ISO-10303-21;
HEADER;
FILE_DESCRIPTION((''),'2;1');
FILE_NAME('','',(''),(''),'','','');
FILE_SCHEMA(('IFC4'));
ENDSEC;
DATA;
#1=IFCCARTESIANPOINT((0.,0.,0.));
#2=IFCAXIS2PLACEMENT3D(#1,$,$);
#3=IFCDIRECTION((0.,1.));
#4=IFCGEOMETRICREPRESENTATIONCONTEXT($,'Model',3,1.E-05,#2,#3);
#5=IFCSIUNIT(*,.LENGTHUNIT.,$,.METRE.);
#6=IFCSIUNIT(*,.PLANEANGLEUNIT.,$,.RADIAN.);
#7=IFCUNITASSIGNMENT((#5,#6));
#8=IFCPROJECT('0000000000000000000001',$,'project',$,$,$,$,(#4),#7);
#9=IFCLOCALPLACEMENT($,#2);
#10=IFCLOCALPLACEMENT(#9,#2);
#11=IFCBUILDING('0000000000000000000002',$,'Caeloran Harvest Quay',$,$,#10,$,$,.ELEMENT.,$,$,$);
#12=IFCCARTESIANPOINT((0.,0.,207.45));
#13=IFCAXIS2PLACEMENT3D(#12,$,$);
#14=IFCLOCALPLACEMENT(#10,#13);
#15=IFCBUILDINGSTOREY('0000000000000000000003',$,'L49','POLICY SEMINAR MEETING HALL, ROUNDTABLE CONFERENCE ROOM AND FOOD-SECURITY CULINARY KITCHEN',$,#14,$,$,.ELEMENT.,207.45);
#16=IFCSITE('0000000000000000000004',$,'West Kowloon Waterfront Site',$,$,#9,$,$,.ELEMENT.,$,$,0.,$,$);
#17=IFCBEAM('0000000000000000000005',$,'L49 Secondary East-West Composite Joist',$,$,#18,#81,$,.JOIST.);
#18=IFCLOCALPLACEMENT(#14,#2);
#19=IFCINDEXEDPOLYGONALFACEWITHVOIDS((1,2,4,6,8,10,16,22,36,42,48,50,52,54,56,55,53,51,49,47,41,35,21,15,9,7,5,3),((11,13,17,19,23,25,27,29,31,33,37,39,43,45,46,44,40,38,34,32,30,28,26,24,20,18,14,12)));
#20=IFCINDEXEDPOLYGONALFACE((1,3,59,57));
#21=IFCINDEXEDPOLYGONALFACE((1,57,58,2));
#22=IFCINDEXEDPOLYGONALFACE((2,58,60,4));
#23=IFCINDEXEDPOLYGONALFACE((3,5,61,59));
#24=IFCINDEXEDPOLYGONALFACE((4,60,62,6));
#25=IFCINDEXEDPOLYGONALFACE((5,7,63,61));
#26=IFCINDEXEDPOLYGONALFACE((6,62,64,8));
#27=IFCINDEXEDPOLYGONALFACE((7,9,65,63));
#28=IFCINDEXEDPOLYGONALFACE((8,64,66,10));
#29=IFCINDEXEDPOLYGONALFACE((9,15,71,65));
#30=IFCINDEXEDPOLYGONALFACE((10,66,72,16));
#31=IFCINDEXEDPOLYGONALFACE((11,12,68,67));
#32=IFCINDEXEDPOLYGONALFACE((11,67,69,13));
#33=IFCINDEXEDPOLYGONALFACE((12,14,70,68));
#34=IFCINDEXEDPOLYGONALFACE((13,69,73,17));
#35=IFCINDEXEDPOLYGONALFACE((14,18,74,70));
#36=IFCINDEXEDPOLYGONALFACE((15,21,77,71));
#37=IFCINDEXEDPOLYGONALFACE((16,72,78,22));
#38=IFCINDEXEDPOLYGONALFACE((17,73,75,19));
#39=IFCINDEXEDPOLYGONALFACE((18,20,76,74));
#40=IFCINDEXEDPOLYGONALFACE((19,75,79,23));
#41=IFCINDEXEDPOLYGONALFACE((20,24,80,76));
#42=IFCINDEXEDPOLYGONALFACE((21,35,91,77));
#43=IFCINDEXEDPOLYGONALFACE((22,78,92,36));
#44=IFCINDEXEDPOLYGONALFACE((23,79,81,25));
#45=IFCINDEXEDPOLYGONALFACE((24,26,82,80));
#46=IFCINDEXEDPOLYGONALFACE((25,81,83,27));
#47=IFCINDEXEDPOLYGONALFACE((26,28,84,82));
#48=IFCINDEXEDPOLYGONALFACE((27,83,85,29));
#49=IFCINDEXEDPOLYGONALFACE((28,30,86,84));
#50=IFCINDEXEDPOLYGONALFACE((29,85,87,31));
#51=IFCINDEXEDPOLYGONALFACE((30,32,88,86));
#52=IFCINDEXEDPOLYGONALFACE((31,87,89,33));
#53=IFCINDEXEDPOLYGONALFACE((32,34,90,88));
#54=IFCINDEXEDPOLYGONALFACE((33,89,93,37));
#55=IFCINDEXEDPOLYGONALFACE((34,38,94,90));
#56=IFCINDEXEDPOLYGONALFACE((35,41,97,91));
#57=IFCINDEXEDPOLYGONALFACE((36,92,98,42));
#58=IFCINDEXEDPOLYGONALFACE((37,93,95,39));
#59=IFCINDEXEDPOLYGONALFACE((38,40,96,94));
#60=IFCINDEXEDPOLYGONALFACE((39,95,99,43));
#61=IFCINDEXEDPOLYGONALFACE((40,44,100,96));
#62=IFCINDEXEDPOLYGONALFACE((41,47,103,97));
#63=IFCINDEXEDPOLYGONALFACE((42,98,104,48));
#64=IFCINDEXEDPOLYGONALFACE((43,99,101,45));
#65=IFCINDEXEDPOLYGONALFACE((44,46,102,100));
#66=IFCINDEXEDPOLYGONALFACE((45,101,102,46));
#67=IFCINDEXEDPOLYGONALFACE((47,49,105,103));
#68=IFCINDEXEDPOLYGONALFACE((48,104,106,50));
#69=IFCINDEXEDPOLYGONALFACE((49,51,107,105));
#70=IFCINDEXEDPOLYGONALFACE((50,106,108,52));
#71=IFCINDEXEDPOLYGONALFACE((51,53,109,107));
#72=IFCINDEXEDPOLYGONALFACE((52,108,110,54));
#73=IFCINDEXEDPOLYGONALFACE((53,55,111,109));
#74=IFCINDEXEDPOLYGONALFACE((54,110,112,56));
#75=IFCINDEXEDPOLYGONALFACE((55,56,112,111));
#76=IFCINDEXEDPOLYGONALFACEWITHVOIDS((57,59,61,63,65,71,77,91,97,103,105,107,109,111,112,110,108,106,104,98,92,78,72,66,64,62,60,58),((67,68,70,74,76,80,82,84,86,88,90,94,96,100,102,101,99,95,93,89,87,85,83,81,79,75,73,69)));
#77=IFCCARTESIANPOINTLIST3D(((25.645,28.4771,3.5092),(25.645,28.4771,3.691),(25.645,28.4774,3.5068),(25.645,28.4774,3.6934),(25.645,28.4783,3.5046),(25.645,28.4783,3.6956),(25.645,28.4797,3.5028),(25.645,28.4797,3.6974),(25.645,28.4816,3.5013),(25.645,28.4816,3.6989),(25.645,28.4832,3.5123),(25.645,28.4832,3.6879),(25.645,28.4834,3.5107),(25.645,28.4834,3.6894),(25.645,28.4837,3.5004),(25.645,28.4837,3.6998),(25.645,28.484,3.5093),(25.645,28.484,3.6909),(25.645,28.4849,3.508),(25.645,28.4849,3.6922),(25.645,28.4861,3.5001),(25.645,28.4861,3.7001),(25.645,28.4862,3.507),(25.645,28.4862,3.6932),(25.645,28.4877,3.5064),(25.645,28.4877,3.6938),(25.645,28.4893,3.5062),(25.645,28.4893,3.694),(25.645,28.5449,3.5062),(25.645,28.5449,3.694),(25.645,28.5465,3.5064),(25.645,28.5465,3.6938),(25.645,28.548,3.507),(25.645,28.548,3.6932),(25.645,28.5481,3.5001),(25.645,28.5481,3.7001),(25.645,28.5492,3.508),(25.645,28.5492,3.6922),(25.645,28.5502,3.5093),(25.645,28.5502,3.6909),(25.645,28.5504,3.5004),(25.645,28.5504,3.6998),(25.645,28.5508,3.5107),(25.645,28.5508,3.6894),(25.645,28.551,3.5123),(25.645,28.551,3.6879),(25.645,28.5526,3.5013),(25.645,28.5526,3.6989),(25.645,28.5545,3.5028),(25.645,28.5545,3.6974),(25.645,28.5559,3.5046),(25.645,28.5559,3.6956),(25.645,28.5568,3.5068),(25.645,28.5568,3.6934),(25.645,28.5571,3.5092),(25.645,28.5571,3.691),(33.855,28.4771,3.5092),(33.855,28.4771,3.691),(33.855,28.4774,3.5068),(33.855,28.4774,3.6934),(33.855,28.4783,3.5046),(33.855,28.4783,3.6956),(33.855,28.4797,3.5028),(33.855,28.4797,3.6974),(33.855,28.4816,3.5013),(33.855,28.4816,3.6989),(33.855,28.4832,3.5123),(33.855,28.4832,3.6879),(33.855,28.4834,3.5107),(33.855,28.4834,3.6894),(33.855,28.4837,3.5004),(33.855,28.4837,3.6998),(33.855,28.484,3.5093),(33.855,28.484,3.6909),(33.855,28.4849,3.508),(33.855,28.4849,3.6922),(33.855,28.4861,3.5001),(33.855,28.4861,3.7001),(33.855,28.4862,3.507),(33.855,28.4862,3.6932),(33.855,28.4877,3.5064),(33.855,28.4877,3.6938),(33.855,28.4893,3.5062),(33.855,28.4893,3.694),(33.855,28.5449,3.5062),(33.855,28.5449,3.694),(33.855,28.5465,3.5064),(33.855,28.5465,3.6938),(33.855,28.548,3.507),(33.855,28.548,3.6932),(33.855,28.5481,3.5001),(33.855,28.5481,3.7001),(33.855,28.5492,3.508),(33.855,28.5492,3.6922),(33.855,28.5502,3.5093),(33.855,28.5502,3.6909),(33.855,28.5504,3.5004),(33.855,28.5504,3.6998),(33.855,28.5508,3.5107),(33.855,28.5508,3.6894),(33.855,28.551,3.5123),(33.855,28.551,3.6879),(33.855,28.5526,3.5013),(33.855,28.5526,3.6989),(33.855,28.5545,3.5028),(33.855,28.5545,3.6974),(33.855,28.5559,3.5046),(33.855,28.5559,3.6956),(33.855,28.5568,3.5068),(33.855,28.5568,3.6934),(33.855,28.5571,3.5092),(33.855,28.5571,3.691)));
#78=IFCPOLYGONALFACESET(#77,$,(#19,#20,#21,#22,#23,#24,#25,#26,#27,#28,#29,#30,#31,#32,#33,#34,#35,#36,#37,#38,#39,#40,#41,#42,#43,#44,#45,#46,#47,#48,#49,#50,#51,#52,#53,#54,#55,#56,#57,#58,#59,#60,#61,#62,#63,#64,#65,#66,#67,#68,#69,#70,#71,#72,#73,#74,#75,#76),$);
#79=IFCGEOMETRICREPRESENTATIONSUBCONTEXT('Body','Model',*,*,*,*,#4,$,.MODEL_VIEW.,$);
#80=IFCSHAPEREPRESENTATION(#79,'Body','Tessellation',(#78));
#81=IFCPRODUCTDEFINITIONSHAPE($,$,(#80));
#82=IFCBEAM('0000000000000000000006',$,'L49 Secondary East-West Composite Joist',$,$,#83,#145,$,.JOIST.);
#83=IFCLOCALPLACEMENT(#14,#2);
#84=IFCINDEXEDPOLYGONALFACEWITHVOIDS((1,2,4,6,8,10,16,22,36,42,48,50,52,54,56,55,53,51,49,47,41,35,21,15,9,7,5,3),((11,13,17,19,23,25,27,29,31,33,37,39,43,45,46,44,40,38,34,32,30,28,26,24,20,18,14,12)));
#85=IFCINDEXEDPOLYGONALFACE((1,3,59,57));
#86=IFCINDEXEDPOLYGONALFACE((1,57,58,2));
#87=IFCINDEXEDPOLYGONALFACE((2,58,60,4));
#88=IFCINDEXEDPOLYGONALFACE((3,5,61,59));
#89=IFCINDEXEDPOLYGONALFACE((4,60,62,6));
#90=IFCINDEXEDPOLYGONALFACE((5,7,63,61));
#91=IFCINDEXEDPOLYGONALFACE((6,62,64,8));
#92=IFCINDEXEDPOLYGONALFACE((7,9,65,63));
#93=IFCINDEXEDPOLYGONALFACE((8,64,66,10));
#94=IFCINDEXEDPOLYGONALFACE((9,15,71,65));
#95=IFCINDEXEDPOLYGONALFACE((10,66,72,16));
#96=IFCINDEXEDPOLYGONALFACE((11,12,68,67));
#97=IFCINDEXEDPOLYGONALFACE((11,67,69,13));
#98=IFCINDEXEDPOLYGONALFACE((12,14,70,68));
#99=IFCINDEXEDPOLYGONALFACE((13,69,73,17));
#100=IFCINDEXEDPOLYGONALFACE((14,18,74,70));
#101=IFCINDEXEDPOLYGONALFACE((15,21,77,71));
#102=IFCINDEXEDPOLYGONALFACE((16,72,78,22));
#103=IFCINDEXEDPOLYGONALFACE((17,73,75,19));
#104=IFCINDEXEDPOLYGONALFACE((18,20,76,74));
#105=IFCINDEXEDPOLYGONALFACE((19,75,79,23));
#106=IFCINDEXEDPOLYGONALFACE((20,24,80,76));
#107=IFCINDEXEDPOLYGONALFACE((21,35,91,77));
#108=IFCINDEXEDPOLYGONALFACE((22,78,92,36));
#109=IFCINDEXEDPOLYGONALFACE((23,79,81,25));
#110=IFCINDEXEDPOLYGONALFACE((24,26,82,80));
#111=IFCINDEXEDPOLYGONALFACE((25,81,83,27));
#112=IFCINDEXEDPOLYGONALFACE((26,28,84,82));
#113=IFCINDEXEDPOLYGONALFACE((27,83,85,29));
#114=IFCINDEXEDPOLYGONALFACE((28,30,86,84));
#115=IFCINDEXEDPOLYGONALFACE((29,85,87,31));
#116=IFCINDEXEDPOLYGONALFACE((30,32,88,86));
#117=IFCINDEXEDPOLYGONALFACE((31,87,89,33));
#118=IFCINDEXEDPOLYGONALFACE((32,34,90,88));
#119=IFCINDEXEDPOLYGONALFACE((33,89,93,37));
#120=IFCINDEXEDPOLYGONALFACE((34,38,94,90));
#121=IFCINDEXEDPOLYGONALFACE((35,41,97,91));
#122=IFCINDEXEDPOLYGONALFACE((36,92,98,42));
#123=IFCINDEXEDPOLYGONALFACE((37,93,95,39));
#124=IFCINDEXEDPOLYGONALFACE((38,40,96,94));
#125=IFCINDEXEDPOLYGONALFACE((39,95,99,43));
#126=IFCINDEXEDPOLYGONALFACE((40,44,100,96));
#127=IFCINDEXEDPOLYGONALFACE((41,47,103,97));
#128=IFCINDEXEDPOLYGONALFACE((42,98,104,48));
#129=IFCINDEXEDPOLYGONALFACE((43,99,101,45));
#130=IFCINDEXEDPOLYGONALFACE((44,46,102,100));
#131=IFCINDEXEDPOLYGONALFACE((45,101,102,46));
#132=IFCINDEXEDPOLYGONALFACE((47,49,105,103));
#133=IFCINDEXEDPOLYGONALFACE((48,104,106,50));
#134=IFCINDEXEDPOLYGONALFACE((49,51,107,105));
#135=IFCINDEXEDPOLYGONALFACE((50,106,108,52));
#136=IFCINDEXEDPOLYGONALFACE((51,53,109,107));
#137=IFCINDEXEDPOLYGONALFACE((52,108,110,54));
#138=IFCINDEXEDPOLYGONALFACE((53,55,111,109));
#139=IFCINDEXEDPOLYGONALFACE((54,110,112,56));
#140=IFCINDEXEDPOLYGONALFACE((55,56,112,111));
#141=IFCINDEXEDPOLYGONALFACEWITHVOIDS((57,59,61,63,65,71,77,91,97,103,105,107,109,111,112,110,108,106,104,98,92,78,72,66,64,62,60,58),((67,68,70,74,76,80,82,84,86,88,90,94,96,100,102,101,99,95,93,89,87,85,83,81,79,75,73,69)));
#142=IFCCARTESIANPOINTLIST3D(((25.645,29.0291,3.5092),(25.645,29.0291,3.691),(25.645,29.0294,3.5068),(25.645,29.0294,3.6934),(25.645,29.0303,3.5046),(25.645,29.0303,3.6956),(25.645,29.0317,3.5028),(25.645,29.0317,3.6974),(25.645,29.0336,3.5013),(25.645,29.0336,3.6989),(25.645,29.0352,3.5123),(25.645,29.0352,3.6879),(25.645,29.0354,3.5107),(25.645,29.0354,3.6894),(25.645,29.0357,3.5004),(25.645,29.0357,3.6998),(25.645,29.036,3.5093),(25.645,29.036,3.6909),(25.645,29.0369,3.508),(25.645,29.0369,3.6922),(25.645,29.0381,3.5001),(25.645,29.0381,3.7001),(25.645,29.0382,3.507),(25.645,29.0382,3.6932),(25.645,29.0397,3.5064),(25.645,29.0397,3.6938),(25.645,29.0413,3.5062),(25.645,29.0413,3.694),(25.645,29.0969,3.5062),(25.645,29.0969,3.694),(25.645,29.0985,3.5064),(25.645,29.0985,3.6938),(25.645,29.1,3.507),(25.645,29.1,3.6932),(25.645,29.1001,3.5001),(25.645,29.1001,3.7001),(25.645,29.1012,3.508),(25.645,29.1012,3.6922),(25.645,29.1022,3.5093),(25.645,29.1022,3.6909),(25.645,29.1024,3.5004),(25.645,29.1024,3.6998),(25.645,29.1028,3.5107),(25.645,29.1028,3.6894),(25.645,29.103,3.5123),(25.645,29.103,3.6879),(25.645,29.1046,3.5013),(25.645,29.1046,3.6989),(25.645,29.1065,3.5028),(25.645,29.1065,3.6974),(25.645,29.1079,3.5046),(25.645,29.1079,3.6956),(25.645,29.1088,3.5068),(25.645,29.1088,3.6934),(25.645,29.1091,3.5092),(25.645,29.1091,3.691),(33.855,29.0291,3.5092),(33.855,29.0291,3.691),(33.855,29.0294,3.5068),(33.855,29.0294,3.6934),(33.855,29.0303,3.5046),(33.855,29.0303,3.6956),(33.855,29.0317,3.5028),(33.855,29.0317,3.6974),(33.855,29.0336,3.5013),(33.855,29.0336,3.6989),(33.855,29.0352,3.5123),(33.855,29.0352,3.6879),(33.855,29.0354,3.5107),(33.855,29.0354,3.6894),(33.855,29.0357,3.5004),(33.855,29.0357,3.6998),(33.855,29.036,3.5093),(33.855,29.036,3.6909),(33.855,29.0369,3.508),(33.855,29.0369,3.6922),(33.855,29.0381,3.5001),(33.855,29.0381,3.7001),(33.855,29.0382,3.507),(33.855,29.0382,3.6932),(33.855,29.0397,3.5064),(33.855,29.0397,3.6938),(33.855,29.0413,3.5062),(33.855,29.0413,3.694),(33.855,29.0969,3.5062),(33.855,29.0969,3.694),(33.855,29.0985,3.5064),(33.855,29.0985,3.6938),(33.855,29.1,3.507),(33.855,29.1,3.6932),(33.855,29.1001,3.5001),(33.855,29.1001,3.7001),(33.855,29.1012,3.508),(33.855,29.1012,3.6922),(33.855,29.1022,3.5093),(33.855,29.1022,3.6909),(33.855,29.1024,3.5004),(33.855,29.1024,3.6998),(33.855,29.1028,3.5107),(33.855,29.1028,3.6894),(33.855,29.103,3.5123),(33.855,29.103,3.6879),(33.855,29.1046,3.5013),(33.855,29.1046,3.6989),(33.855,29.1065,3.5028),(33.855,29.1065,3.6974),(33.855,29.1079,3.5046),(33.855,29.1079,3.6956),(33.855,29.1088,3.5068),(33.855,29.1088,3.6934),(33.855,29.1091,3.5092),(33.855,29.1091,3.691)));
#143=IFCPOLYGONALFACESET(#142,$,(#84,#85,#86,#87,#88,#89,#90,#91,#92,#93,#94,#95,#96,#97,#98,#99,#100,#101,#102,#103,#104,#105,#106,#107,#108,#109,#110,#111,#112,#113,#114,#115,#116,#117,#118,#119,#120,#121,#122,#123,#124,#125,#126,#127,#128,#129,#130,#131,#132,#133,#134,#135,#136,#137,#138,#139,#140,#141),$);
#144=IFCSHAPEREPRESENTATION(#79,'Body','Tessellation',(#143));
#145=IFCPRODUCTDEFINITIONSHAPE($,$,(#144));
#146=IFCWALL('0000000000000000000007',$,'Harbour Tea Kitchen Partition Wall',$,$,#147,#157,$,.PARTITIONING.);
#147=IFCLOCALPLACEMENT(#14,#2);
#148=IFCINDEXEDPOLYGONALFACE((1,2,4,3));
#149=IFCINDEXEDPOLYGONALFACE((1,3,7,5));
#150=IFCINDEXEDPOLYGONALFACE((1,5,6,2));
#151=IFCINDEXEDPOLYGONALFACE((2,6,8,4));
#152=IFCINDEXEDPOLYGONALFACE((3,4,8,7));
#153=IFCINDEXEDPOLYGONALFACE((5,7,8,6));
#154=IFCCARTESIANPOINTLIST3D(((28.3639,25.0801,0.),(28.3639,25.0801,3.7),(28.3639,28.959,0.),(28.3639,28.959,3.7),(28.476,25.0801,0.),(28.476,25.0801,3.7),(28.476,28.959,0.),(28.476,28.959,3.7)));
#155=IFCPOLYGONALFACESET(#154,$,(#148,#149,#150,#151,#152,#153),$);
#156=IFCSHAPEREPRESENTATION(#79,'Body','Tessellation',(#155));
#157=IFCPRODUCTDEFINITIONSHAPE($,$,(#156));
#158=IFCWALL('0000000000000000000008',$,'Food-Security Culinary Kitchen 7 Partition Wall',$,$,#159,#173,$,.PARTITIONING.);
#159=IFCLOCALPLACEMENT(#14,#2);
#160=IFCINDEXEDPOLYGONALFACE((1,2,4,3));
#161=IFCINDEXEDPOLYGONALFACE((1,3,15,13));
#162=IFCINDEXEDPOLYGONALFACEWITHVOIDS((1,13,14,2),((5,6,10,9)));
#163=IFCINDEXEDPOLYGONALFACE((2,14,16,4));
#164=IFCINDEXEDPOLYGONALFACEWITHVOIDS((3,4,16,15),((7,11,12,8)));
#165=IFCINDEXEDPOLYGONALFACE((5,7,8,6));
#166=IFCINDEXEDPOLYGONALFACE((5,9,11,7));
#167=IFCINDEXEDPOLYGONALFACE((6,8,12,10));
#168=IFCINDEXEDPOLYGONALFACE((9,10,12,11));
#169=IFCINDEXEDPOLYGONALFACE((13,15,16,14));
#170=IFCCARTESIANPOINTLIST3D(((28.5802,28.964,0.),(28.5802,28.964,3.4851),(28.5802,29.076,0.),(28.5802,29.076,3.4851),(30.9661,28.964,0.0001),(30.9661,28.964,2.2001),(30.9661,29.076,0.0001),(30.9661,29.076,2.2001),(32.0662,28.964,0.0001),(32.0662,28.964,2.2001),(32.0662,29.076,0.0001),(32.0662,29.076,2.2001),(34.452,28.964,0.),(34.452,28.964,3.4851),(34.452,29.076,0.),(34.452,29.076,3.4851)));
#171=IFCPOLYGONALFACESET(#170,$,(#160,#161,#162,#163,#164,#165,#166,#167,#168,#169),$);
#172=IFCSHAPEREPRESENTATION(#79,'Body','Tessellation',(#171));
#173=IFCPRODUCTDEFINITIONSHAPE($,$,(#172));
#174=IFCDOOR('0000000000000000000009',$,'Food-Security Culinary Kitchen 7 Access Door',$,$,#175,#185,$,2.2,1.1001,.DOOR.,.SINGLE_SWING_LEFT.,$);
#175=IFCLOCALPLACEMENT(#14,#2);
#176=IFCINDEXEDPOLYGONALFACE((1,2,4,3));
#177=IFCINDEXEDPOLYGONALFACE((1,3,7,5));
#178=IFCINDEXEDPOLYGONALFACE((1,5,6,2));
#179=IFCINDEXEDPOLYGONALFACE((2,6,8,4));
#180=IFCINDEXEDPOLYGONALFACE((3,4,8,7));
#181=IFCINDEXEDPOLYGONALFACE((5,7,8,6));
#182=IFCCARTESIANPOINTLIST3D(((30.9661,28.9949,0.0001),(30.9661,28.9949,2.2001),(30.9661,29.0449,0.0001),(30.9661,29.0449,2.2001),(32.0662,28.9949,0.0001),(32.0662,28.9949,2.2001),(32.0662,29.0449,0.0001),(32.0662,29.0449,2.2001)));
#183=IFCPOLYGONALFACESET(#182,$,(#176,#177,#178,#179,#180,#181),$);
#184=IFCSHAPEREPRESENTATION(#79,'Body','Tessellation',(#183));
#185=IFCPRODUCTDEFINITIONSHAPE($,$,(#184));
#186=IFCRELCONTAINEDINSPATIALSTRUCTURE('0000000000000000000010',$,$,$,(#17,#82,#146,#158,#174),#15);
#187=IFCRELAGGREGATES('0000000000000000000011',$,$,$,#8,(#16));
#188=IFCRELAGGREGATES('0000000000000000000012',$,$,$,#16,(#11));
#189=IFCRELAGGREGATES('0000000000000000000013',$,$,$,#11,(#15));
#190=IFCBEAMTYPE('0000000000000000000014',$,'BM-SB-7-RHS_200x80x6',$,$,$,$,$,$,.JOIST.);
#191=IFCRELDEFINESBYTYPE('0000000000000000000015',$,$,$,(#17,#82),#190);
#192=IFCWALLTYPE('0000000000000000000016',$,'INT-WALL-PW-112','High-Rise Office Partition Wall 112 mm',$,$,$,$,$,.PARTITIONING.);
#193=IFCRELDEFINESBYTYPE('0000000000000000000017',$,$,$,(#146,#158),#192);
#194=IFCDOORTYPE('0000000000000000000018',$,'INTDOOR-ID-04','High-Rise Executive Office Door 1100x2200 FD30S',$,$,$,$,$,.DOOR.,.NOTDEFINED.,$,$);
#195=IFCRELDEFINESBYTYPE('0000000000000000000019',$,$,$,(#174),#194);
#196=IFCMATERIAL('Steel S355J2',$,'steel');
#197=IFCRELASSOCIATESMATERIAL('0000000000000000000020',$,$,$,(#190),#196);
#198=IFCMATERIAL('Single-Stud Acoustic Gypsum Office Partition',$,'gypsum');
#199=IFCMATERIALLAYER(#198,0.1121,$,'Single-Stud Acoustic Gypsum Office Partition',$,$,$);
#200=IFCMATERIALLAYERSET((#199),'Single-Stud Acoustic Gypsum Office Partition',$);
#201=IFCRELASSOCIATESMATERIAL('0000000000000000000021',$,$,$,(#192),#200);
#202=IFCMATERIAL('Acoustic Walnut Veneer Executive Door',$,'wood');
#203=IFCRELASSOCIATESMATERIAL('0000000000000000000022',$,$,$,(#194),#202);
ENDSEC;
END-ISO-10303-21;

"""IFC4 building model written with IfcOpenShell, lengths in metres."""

from ifc_helpers import new_model, si_unit, direction, frame, frame_2d, origin, origin_2d, place, context, subcontext, project, spatial, rectangle, hollow_rectangle, extrude, material, layer, layer_set, material_profile, profile_set, type_object, element, fill, save


model = new_model("IFC4")

# Units and contexts
model_context = context("Model", 3, precision=1e-05, world=origin(), true_north=direction((0.0, 1.0)))
body_context = subcontext(model_context, "Body", "Model", "MODEL_VIEW")
ifc_project = project(units=[si_unit("LENGTHUNIT", "METRE"), si_unit("PLANEANGLEUNIT", "RADIAN")], contexts=[model_context])

# Site, building, storey
site_placement = place(None, origin())
site = spatial("IfcSite", under=ifc_project, at=site_placement, Name="West Kowloon Waterfront Site", CompositionType="ELEMENT", RefElevation=0.0)
building_placement = place(site_placement, origin())
building = spatial("IfcBuilding", under=site, at=building_placement, Name="Caeloran Harvest Quay", CompositionType="ELEMENT")
storey_placement = place(building_placement, frame((0.0, 0.0, 207.45)))
storey = spatial("IfcBuildingStorey", under=building, at=storey_placement, Name="L49", Description="POLICY SEMINAR MEETING HALL, ROUNDTABLE CONFERENCE ROOM AND FOOD-SECURITY CULINARY KITCHEN", CompositionType="ELEMENT", Elevation=207.45)

# Beams
ifc_material_1 = material(Name="Steel S355J2", Category="steel")
ifc_material_profile_1 = material_profile(ifc_material_1, hollow_rectangle(XDim=0.0801, YDim=0.2, WallThickness=0.0061, InnerFilletRadius=0.0061, OuterFilletRadius=0.009, at=origin_2d()), Name="RHS 200x80x6")
ifc_profile_set_1 = profile_set([ifc_material_profile_1], Name="Steel S355J2")
beam_type_1 = type_object("IfcBeamType", Name="BM-SB-7-RHS_200x80x6", PredefinedType="JOIST", material=ifc_profile_set_1)
for number, where, z_axis, x_axis, name in (
    (1, (25.645, 28.5171, 3.6001), (1.0, 0.0, 0.0), (0.0, 1.0, 0.0), "L49 Secondary East-West Composite Joist"),
    (2, (25.645, 29.0691, 3.6001), (1.0, 0.0, 0.0), (0.0, 1.0, 0.0), "L49 Secondary East-West Composite Joist"),
):
    element("IfcBeam", number, at=place(storey_placement, frame(where, z_axis=z_axis, x_axis=x_axis)), inside=storey, type_object=beam_type_1, Name=name, PredefinedType="JOIST", context=body_context, shape_type="SweptSolid", body=[
        extrude(hollow_rectangle(XDim=0.0801, YDim=0.2, WallThickness=0.0061, InnerFilletRadius=0.0061, OuterFilletRadius=0.009, at=origin_2d()), origin(), (0.0, 0.0, 1.0), 8.21),
    ])

# Wall
ifc_material_2 = material(Name="Single-Stud Acoustic Gypsum Office Partition", Category="gypsum")
ifc_layer = layer(ifc_material_2, 0.1121, Name="Single-Stud Acoustic Gypsum Office Partition")
ifc_layer_set = layer_set([ifc_layer], Name="Single-Stud Acoustic Gypsum Office Partition")
wall_type = type_object("IfcWallType", Name="INT-WALL-PW-112", Description="High-Rise Office Partition Wall 112 mm", PredefinedType="PARTITIONING", material=ifc_layer_set)
wall_1_placement = place(storey_placement, frame((28.4199, 28.959, 0.0), z_axis=(0.0, 0.0, 1.0), x_axis=(0.0, -1.0, 0.0)))
element("IfcWall", 3, at=wall_1_placement, inside=storey, type_object=wall_type, Name="Harbour Tea Kitchen Partition Wall", PredefinedType="PARTITIONING", context=body_context, shape_type="SweptSolid", body=[
    extrude(rectangle(XDim=3.8789, YDim=0.1121, at=frame_2d((1.9395, 0.0))), origin(), (0.0, 0.0, 1.0), 3.7),
])

# Wall, opening, door
wall_2_placement = place(storey_placement, frame((28.5801, 29.02, 0.0), z_axis=(0.0, 0.0, 1.0), x_axis=(1.0, 0.0, 0.0)))
wall_2 = element("IfcWall", 4, at=wall_2_placement, inside=storey, type_object=wall_type, Name="Food-Security Culinary Kitchen 7 Partition Wall", PredefinedType="PARTITIONING", context=body_context, shape_type="SweptSolid", body=[
    extrude(rectangle(XDim=5.8718, YDim=0.1121, at=frame_2d((2.936, 0.0))), origin(), (0.0, 0.0, 1.0), 3.4851),
])
opening_placement = place(wall_2_placement, frame((2.386, 0.0, 0.0)))
opening = element("IfcOpeningElement", 5, at=opening_placement, cuts=wall_2, PredefinedType="OPENING", context=body_context, shape_type="SweptSolid", body=[
    extrude(rectangle(XDim=1.1001, YDim=2.2, at=frame_2d((0.55, 1.1001))), frame((0.0, 0.0659, 0.0), z_axis=(0.0, -1.0, 0.0), x_axis=(1.0, 0.0, 0.0)), (0.0, 0.0, 1.0), 0.1321),
])
ifc_material_3 = material(Name="Acoustic Walnut Veneer Executive Door", Category="wood")
door_type = type_object("IfcDoorType", Name="INTDOOR-ID-04", Description="High-Rise Executive Office Door 1100x2200 FD30S", OperationType="NOTDEFINED", PredefinedType="DOOR", material=ifc_material_3)
door_placement = place(opening_placement, origin())
door = element("IfcDoor", 6, at=door_placement, inside=storey, type_object=door_type, Name="Food-Security Culinary Kitchen 7 Access Door", OperationType="SINGLE_SWING_LEFT", OverallHeight=2.2, OverallWidth=1.1001, PredefinedType="DOOR", context=body_context, shape_type="SweptSolid", body=[
    extrude(rectangle(XDim=1.1001, YDim=2.2, at=frame_2d((0.55, 1.1001))), frame((0.0, 0.0249, 0.0), z_axis=(0.0, -1.0, 0.0), x_axis=(1.0, 0.0, 0.0)), (0.0, 0.0, 1.0), 0.05),
])
fill(opening, door)

save(model, "model.ifc")
